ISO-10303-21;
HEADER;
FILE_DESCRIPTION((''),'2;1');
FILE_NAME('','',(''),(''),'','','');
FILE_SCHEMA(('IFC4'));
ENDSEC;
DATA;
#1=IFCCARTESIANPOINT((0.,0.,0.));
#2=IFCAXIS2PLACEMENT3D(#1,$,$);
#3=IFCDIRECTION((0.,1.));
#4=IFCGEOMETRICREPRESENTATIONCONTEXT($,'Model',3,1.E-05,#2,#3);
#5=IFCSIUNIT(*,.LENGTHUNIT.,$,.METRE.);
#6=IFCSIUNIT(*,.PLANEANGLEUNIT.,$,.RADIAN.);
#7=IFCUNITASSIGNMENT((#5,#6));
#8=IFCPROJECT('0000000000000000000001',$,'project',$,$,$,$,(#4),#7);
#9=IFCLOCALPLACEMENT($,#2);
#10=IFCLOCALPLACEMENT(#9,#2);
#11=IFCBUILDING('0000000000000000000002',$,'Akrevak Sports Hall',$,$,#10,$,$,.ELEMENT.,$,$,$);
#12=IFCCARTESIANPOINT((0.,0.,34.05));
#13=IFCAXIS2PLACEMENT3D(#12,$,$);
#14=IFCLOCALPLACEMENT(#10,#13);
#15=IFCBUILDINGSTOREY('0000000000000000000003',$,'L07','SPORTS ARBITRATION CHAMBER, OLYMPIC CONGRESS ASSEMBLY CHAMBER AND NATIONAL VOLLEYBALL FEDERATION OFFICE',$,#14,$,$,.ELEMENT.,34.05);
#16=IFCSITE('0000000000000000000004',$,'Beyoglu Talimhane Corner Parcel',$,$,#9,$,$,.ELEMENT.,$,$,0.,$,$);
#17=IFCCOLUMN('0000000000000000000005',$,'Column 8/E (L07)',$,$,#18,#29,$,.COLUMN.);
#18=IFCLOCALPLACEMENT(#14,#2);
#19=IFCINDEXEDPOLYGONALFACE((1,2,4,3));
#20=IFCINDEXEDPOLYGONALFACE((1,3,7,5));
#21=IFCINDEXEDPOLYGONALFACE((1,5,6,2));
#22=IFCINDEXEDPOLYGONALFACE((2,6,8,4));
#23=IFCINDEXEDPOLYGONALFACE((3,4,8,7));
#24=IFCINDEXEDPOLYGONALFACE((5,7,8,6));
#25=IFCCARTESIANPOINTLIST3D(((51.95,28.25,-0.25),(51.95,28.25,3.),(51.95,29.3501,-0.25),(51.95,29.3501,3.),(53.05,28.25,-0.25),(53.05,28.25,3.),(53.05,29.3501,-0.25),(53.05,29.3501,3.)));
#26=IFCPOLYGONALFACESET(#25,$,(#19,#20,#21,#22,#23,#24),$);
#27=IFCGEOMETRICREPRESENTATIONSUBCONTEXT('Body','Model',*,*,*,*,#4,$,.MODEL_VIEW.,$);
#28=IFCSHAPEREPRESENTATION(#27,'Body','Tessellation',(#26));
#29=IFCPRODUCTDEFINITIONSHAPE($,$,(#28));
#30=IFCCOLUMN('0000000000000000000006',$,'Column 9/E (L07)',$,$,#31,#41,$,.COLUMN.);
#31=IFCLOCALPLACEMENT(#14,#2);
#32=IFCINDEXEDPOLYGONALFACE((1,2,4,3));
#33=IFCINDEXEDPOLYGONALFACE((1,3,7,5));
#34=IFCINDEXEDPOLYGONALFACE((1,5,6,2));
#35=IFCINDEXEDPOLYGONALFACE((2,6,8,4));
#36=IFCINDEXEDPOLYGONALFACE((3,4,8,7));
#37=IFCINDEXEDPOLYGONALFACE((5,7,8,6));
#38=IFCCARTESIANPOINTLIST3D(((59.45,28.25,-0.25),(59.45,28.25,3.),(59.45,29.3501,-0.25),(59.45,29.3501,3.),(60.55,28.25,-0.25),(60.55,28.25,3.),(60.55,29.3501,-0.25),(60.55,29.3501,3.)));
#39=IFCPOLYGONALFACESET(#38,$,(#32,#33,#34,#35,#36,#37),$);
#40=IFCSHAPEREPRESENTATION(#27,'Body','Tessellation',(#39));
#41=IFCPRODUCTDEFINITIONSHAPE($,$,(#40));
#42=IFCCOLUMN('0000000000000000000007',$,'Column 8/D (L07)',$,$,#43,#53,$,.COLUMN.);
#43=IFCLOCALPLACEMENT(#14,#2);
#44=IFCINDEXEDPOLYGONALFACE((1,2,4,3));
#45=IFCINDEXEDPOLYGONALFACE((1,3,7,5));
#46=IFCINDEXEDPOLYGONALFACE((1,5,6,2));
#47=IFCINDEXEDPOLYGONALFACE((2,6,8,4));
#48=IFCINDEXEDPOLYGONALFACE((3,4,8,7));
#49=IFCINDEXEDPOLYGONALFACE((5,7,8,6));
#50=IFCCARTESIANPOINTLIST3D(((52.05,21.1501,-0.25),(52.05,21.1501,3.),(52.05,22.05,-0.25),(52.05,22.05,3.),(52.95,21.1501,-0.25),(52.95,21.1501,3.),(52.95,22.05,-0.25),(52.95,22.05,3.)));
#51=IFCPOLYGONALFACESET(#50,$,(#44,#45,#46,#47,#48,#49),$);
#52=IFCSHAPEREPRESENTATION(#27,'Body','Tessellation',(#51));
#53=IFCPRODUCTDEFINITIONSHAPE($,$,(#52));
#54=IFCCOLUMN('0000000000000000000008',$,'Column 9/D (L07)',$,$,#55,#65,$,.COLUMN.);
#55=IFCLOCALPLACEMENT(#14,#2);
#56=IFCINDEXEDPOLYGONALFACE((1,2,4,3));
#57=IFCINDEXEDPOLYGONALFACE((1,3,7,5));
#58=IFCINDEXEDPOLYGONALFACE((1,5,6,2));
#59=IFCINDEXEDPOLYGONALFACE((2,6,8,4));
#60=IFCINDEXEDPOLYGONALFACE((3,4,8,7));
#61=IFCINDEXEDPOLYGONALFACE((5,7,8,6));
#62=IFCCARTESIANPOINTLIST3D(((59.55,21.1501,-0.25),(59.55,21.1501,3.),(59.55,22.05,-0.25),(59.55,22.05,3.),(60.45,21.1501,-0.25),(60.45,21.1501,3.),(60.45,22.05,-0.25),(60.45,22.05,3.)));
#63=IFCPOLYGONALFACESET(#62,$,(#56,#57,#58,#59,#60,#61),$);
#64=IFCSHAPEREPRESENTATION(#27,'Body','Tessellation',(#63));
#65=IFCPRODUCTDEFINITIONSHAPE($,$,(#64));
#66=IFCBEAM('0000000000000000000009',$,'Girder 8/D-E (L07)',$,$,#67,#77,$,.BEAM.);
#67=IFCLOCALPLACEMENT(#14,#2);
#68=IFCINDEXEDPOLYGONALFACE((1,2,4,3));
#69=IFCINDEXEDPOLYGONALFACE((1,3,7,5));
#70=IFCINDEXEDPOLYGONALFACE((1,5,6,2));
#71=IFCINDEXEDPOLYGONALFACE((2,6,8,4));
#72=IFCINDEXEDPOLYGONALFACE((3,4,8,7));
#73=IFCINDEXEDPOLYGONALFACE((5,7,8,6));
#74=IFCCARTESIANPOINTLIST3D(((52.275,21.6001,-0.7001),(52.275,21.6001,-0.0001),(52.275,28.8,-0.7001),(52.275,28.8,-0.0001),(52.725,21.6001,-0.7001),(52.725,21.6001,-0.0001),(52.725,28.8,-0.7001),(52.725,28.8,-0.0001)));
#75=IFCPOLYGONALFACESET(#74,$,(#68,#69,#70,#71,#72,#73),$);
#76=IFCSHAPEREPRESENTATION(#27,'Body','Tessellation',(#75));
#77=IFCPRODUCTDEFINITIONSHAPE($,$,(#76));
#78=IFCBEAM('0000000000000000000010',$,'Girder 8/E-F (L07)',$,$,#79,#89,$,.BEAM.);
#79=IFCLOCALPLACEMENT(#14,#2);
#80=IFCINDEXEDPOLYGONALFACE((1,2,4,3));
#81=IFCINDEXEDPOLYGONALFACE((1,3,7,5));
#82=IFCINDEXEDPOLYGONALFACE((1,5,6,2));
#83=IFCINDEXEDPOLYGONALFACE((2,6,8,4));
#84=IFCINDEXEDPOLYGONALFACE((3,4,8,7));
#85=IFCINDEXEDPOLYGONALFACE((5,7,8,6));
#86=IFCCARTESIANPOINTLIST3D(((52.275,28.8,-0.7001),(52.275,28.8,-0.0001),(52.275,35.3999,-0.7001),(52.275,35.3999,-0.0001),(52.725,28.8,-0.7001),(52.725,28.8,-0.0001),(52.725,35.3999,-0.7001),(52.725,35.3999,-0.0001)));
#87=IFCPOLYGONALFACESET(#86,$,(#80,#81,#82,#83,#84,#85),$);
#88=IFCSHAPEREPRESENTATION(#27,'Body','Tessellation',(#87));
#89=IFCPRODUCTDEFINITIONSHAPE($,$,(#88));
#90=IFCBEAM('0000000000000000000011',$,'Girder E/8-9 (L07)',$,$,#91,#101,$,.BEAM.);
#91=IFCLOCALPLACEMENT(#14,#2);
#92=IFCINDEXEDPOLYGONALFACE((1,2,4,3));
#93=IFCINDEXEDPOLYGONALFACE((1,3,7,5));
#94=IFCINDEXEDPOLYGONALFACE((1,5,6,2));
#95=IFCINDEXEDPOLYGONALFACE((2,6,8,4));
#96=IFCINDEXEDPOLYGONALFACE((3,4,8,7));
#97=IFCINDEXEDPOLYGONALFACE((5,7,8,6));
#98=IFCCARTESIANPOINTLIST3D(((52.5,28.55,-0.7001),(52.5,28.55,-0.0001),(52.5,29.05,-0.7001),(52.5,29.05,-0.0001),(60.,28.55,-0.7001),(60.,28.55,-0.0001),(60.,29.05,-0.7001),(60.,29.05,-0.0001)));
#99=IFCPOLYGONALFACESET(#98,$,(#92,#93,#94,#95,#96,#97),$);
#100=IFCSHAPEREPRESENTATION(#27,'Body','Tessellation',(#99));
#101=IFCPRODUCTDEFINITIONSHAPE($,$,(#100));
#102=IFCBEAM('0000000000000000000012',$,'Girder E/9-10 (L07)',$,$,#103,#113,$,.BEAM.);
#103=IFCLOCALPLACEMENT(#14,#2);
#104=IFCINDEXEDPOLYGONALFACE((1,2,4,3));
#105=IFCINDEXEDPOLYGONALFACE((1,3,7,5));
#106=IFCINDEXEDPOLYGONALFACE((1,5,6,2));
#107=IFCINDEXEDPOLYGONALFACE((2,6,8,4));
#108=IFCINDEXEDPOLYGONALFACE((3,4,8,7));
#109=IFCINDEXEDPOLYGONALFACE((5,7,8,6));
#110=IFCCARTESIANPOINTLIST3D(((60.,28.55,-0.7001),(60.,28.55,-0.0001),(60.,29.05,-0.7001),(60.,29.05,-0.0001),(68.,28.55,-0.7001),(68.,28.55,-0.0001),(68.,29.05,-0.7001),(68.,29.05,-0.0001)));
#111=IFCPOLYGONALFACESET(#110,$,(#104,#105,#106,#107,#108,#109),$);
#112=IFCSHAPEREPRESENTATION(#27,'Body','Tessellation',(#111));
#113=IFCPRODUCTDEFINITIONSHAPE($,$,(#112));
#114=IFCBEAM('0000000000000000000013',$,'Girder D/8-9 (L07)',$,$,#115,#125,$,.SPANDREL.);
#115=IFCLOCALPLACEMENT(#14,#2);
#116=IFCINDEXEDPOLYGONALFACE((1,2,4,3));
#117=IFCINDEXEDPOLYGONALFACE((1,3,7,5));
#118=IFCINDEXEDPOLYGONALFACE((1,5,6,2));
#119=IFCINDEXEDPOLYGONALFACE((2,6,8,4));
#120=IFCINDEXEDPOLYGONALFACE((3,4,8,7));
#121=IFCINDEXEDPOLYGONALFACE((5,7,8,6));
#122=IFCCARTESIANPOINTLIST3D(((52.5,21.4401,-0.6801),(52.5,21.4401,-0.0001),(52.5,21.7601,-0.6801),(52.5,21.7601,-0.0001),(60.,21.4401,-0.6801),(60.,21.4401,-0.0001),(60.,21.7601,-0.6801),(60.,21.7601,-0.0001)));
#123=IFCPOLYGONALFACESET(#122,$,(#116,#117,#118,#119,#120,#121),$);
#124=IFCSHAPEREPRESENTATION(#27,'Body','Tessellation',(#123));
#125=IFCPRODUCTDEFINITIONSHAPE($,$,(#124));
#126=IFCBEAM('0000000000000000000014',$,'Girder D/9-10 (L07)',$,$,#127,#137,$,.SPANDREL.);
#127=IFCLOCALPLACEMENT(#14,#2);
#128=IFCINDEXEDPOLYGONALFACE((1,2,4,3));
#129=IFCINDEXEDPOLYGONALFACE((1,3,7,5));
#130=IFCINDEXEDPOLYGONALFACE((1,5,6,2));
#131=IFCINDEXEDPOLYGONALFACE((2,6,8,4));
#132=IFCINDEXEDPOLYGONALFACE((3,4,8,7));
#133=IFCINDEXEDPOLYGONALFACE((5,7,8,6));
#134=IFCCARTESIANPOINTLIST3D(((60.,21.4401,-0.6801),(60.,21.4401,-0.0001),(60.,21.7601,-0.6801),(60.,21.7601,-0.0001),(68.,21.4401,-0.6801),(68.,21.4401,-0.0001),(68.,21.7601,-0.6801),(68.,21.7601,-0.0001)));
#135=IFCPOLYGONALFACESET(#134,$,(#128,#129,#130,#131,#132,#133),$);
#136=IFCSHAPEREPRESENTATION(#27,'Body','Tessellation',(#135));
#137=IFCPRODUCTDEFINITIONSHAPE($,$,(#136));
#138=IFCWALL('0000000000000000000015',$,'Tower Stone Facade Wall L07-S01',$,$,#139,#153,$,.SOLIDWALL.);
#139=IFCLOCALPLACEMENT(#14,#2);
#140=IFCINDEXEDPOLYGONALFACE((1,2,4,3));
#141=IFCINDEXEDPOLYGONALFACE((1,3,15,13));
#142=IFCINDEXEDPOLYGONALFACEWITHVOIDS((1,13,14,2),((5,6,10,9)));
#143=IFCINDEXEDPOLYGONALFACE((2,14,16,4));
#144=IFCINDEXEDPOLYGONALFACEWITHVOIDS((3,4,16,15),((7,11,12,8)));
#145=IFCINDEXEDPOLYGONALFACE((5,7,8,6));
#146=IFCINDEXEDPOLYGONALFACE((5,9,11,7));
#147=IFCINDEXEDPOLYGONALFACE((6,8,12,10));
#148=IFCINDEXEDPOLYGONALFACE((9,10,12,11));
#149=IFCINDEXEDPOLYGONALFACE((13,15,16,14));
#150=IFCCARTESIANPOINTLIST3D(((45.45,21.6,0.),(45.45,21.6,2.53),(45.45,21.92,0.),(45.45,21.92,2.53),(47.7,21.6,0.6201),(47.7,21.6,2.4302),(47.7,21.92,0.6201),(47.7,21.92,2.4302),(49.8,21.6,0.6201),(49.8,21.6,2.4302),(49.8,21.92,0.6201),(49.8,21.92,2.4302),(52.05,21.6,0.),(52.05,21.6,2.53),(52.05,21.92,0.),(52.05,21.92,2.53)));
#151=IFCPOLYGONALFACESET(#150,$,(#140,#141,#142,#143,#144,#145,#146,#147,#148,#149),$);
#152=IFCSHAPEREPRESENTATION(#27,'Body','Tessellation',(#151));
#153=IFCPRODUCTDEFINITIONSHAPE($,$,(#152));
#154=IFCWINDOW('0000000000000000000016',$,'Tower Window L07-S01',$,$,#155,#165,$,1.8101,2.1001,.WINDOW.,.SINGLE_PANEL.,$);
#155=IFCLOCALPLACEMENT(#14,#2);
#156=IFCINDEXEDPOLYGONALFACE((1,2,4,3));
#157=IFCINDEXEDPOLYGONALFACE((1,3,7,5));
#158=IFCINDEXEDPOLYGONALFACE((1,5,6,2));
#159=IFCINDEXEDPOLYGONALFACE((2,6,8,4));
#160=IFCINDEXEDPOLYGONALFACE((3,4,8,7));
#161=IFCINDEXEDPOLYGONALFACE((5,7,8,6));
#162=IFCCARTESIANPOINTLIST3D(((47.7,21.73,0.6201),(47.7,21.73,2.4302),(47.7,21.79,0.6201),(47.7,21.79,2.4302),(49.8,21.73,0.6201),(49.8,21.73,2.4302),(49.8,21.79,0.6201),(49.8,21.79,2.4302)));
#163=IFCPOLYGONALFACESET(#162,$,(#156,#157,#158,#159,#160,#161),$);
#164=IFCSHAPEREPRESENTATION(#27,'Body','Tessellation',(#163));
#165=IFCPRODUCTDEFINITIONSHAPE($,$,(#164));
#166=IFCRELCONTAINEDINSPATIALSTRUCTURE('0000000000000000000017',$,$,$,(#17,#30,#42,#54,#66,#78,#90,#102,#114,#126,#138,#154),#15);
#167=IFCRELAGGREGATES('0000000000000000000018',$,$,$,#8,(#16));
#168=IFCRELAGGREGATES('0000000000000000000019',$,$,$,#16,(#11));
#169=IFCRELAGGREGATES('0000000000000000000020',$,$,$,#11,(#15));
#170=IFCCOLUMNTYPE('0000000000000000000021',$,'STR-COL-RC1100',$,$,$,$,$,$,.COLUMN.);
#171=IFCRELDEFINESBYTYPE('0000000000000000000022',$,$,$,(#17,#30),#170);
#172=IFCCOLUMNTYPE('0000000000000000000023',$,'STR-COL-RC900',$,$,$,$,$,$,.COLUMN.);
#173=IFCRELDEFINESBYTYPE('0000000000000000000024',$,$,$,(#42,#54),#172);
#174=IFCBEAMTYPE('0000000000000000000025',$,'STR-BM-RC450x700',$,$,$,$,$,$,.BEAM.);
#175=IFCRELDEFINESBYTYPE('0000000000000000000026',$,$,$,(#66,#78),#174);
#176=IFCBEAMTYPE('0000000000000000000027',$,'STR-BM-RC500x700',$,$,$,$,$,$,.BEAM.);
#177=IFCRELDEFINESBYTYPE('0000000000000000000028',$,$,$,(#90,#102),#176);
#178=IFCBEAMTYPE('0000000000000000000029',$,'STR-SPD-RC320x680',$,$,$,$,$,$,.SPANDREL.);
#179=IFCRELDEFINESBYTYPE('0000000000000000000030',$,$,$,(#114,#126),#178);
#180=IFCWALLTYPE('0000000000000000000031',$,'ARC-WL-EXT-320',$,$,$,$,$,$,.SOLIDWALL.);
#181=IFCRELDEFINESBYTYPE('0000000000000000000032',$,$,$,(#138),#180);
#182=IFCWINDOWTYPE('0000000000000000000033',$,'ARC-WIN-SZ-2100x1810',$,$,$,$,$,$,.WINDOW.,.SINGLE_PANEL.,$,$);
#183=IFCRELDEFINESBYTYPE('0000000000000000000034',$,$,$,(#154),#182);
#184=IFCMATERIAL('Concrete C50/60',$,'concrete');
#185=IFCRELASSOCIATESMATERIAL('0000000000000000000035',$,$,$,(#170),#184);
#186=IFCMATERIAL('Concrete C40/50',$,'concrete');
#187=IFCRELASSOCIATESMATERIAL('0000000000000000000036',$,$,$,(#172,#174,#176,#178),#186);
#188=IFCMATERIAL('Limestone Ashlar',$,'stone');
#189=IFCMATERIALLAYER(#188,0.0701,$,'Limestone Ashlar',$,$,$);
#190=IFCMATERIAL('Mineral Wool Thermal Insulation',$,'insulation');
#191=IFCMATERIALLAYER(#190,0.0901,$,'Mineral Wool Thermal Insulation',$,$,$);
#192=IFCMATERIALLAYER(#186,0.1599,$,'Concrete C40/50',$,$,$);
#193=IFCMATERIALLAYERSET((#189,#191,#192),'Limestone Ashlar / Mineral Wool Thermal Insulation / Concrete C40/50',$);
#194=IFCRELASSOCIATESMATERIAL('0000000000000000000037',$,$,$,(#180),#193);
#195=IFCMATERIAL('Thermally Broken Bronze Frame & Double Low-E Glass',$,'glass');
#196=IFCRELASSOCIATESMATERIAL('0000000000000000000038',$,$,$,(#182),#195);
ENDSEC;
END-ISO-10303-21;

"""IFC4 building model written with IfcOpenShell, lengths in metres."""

from ifc_helpers import new_model, si_unit, direction, frame, frame_2d, origin, origin_2d, place, context, subcontext, project, spatial, rectangle, extrude, material, layer, layer_set, material_profile, profile_set, type_object, element, fill, save


model = new_model("IFC4")

# Units and contexts
model_context = context("Model", 3, precision=1e-05, world=origin(), true_north=direction((0.0, 1.0)))
body_context = subcontext(model_context, "Body", "Model", "MODEL_VIEW")
ifc_project = project(units=[si_unit("LENGTHUNIT", "METRE"), si_unit("PLANEANGLEUNIT", "RADIAN")], contexts=[model_context])

# Site, building, storey
site_placement = place(None, origin())
site = spatial("IfcSite", under=ifc_project, at=site_placement, Name="Beyoglu Talimhane Corner Parcel", CompositionType="ELEMENT", RefElevation=0.0)
building_placement = place(site_placement, origin())
building = spatial("IfcBuilding", under=site, at=building_placement, Name="Akrevak Sports Hall", CompositionType="ELEMENT")
storey_placement = place(building_placement, frame((0.0, 0.0, 34.05)))
storey = spatial("IfcBuildingStorey", under=building, at=storey_placement, Name="L07", Description="SPORTS ARBITRATION CHAMBER, OLYMPIC CONGRESS ASSEMBLY CHAMBER AND NATIONAL VOLLEYBALL FEDERATION OFFICE", CompositionType="ELEMENT", Elevation=34.05)

# Columns
ifc_material_1 = material(Name="Concrete C50/60", Category="concrete")
ifc_material_profile_1 = material_profile(ifc_material_1, rectangle(XDim=1.1001, YDim=1.1001, at=origin_2d()), Name="RC 1100x1100", Category="concrete")
ifc_profile_set_1 = profile_set([ifc_material_profile_1], Name="Concrete C50/60")
column_type_1 = type_object("IfcColumnType", Name="STR-COL-RC1100", PredefinedType="COLUMN", material=ifc_profile_set_1)
for number, where, z_axis, x_axis, name in (
    (1, (52.5, 28.8, -0.25), (0.0, 0.0, 1.0), (1.0, 0.0, 0.0), "Column 8/E (L07)"),
    (2, (60.0, 28.8, -0.25), (0.0, 0.0, 1.0), (1.0, 0.0, 0.0), "Column 9/E (L07)"),
):
    element("IfcColumn", number, at=place(storey_placement, frame(where, z_axis=z_axis, x_axis=x_axis)), inside=storey, type_object=column_type_1, Name=name, PredefinedType="COLUMN", context=body_context, shape_type="SweptSolid", body=[
        extrude(rectangle(XDim=1.1001, YDim=1.1001, at=origin_2d()), origin(), (0.0, 0.0, 1.0), 3.25),
    ])
ifc_material_2 = material(Name="Concrete C40/50", Category="concrete")
ifc_material_profile_2 = material_profile(ifc_material_2, rectangle(XDim=0.8999, YDim=0.8999, at=origin_2d()), Name="RC 900x900", Category="concrete")
ifc_profile_set_2 = profile_set([ifc_material_profile_2], Name="Concrete C40/50")
column_type_2 = type_object("IfcColumnType", Name="STR-COL-RC900", PredefinedType="COLUMN", material=ifc_profile_set_2)
for number, where, z_axis, x_axis, name in (
    (3, (52.5, 21.6001, -0.25), (0.0, 0.0, 1.0), (1.0, 0.0, 0.0), "Column 8/D (L07)"),
    (4, (60.0, 21.6001, -0.25), (0.0, 0.0, 1.0), (1.0, 0.0, 0.0), "Column 9/D (L07)"),
):
    element("IfcColumn", number, at=place(storey_placement, frame(where, z_axis=z_axis, x_axis=x_axis)), inside=storey, type_object=column_type_2, Name=name, PredefinedType="COLUMN", context=body_context, shape_type="SweptSolid", body=[
        extrude(rectangle(XDim=0.8999, YDim=0.8999, at=origin_2d()), origin(), (0.0, 0.0, 1.0), 3.25),
    ])

# Beams
ifc_material_profile_3 = material_profile(ifc_material_2, rectangle(XDim=0.45, YDim=0.7, at=origin_2d()), Name="BM 450x700", Category="concrete")
ifc_profile_set_3 = profile_set([ifc_material_profile_3], Name="Concrete C40/50")
beam_type_1 = type_object("IfcBeamType", Name="STR-BM-RC450x700", PredefinedType="BEAM", material=ifc_profile_set_3)
beam_1_placement = place(storey_placement, frame((52.5, 21.6001, -0.3501), z_axis=(0.0, 1.0, 0.0), x_axis=(-1.0, 0.0, 0.0)))
element("IfcBeam", 5, at=beam_1_placement, inside=storey, type_object=beam_type_1, Name="Girder 8/D-E (L07)", PredefinedType="BEAM", context=body_context, shape_type="SweptSolid", body=[
    extrude(rectangle(XDim=0.45, YDim=0.7, at=origin_2d()), origin(), (0.0, 0.0, 1.0), 7.2),
])
beam_2_placement = place(storey_placement, frame((52.5, 28.8, -0.3501), z_axis=(0.0, 1.0, 0.0), x_axis=(-1.0, 0.0, 0.0)))
element("IfcBeam", 6, at=beam_2_placement, inside=storey, type_object=beam_type_1, Name="Girder 8/E-F (L07)", PredefinedType="BEAM", context=body_context, shape_type="SweptSolid", body=[
    extrude(rectangle(XDim=0.45, YDim=0.7, at=origin_2d()), origin(), (0.0, 0.0, 1.0), 6.5999),
])
ifc_material_profile_4 = material_profile(ifc_material_2, rectangle(XDim=0.5, YDim=0.7, at=origin_2d()), Name="BM 500x700", Category="concrete")
ifc_profile_set_4 = profile_set([ifc_material_profile_4], Name="Concrete C40/50")
beam_type_2 = type_object("IfcBeamType", Name="STR-BM-RC500x700", PredefinedType="BEAM", material=ifc_profile_set_4)
beam_3_placement = place(storey_placement, frame((52.5, 28.8, -0.3501), z_axis=(1.0, 0.0, 0.0), x_axis=(0.0, 1.0, 0.0)))
element("IfcBeam", 7, at=beam_3_placement, inside=storey, type_object=beam_type_2, Name="Girder E/8-9 (L07)", PredefinedType="BEAM", context=body_context, shape_type="SweptSolid", body=[
    extrude(rectangle(XDim=0.5, YDim=0.7, at=origin_2d()), origin(), (0.0, 0.0, 1.0), 7.5),
])
beam_4_placement = place(storey_placement, frame((60.0, 28.8, -0.3501), z_axis=(1.0, 0.0, 0.0), x_axis=(0.0, 1.0, 0.0)))
element("IfcBeam", 8, at=beam_4_placement, inside=storey, type_object=beam_type_2, Name="Girder E/9-10 (L07)", PredefinedType="BEAM", context=body_context, shape_type="SweptSolid", body=[
    extrude(rectangle(XDim=0.5, YDim=0.7, at=origin_2d()), origin(), (0.0, 0.0, 1.0), 8.0),
])
ifc_material_profile_5 = material_profile(ifc_material_2, rectangle(XDim=0.3201, YDim=0.6799, at=origin_2d()), Name="SPD 320x680", Category="concrete")
ifc_profile_set_5 = profile_set([ifc_material_profile_5], Name="Concrete C40/50")
beam_type_3 = type_object("IfcBeamType", Name="STR-SPD-RC320x680", PredefinedType="SPANDREL", material=ifc_profile_set_5)
beam_5_placement = place(storey_placement, frame((52.5, 21.6001, -0.3401), z_axis=(1.0, 0.0, 0.0), x_axis=(0.0, 1.0, 0.0)))
element("IfcBeam", 9, at=beam_5_placement, inside=storey, type_object=beam_type_3, Name="Girder D/8-9 (L07)", PredefinedType="SPANDREL", context=body_context, shape_type="SweptSolid", body=[
    extrude(rectangle(XDim=0.3201, YDim=0.6799, at=origin_2d()), origin(), (0.0, 0.0, 1.0), 7.5),
])
beam_6_placement = place(storey_placement, frame((60.0, 21.6001, -0.3401), z_axis=(1.0, 0.0, 0.0), x_axis=(0.0, 1.0, 0.0)))
element("IfcBeam", 10, at=beam_6_placement, inside=storey, type_object=beam_type_3, Name="Girder D/9-10 (L07)", PredefinedType="SPANDREL", context=body_context, shape_type="SweptSolid", body=[
    extrude(rectangle(XDim=0.3201, YDim=0.6799, at=origin_2d()), origin(), (0.0, 0.0, 1.0), 8.0),
])

# Wall, opening, window
ifc_material_3 = material(Name="Limestone Ashlar", Category="stone")
ifc_layer_1 = layer(ifc_material_3, 0.0701, Name="Limestone Ashlar")
ifc_material_4 = material(Name="Mineral Wool Thermal Insulation", Category="insulation")
ifc_layer_2 = layer(ifc_material_4, 0.0901, Name="Mineral Wool Thermal Insulation")
ifc_layer_3 = layer(ifc_material_2, 0.1599, Name="Concrete C40/50")
ifc_layer_set_1 = layer_set([ifc_layer_1, ifc_layer_2, ifc_layer_3], Name="Limestone Ashlar / Mineral Wool Thermal Insulation / Concrete C40/50")
wall_type_1 = type_object("IfcWallType", Name="ARC-WL-EXT-320", PredefinedType="SOLIDWALL", material=ifc_layer_set_1)
wall_1_placement = place(storey_placement, frame((45.45, 21.76, 0.0), z_axis=(0.0, 0.0, 1.0), x_axis=(1.0, 0.0, 0.0)))
wall_1 = element("IfcWall", 11, at=wall_1_placement, inside=storey, type_object=wall_type_1, Name="Tower Stone Facade Wall L07-S01", PredefinedType="SOLIDWALL", context=body_context, shape_type="SweptSolid", body=[
    extrude(rectangle(XDim=6.6001, YDim=0.3201, at=frame_2d((3.3, 0.0))), origin(), (0.0, 0.0, 1.0), 2.53),
])
opening_1_placement = place(wall_1_placement, frame((2.25, 0.0, 0.6201)))
opening_1 = element("IfcOpeningElement", 12, at=opening_1_placement, cuts=wall_1, PredefinedType="OPENING", context=body_context, shape_type="SweptSolid", body=[
    extrude(rectangle(XDim=2.1001, YDim=1.8101, at=frame_2d((1.05, 0.905))), frame((0.0, 0.1719, 0.0), z_axis=(0.0, -1.0, 0.0), x_axis=(1.0, 0.0, 0.0)), (0.0, 0.0, 1.0), 0.344),
])
ifc_material_5 = material(Name="Thermally Broken Bronze Frame & Double Low-E Glass", Category="glass")
window_type_1 = type_object("IfcWindowType", Name="ARC-WIN-SZ-2100x1810", PartitioningType="SINGLE_PANEL", PredefinedType="WINDOW", material=ifc_material_5)
window_1_placement = place(opening_1_placement, origin())
window_1 = element("IfcWindow", 13, at=window_1_placement, inside=storey, type_object=window_type_1, Name="Tower Window L07-S01", OverallHeight=1.8101, OverallWidth=2.1001, PartitioningType="SINGLE_PANEL", PredefinedType="WINDOW", context=body_context, shape_type="SweptSolid", body=[
    extrude(rectangle(XDim=2.1001, YDim=1.8101, at=frame_2d((1.05, 0.905))), frame((0.0, 0.03, 0.0), z_axis=(0.0, -1.0, 0.0), x_axis=(1.0, 0.0, 0.0)), (0.0, 0.0, 1.0), 0.0601),
])
fill(opening_1, window_1)

save(model, "model.ifc")
